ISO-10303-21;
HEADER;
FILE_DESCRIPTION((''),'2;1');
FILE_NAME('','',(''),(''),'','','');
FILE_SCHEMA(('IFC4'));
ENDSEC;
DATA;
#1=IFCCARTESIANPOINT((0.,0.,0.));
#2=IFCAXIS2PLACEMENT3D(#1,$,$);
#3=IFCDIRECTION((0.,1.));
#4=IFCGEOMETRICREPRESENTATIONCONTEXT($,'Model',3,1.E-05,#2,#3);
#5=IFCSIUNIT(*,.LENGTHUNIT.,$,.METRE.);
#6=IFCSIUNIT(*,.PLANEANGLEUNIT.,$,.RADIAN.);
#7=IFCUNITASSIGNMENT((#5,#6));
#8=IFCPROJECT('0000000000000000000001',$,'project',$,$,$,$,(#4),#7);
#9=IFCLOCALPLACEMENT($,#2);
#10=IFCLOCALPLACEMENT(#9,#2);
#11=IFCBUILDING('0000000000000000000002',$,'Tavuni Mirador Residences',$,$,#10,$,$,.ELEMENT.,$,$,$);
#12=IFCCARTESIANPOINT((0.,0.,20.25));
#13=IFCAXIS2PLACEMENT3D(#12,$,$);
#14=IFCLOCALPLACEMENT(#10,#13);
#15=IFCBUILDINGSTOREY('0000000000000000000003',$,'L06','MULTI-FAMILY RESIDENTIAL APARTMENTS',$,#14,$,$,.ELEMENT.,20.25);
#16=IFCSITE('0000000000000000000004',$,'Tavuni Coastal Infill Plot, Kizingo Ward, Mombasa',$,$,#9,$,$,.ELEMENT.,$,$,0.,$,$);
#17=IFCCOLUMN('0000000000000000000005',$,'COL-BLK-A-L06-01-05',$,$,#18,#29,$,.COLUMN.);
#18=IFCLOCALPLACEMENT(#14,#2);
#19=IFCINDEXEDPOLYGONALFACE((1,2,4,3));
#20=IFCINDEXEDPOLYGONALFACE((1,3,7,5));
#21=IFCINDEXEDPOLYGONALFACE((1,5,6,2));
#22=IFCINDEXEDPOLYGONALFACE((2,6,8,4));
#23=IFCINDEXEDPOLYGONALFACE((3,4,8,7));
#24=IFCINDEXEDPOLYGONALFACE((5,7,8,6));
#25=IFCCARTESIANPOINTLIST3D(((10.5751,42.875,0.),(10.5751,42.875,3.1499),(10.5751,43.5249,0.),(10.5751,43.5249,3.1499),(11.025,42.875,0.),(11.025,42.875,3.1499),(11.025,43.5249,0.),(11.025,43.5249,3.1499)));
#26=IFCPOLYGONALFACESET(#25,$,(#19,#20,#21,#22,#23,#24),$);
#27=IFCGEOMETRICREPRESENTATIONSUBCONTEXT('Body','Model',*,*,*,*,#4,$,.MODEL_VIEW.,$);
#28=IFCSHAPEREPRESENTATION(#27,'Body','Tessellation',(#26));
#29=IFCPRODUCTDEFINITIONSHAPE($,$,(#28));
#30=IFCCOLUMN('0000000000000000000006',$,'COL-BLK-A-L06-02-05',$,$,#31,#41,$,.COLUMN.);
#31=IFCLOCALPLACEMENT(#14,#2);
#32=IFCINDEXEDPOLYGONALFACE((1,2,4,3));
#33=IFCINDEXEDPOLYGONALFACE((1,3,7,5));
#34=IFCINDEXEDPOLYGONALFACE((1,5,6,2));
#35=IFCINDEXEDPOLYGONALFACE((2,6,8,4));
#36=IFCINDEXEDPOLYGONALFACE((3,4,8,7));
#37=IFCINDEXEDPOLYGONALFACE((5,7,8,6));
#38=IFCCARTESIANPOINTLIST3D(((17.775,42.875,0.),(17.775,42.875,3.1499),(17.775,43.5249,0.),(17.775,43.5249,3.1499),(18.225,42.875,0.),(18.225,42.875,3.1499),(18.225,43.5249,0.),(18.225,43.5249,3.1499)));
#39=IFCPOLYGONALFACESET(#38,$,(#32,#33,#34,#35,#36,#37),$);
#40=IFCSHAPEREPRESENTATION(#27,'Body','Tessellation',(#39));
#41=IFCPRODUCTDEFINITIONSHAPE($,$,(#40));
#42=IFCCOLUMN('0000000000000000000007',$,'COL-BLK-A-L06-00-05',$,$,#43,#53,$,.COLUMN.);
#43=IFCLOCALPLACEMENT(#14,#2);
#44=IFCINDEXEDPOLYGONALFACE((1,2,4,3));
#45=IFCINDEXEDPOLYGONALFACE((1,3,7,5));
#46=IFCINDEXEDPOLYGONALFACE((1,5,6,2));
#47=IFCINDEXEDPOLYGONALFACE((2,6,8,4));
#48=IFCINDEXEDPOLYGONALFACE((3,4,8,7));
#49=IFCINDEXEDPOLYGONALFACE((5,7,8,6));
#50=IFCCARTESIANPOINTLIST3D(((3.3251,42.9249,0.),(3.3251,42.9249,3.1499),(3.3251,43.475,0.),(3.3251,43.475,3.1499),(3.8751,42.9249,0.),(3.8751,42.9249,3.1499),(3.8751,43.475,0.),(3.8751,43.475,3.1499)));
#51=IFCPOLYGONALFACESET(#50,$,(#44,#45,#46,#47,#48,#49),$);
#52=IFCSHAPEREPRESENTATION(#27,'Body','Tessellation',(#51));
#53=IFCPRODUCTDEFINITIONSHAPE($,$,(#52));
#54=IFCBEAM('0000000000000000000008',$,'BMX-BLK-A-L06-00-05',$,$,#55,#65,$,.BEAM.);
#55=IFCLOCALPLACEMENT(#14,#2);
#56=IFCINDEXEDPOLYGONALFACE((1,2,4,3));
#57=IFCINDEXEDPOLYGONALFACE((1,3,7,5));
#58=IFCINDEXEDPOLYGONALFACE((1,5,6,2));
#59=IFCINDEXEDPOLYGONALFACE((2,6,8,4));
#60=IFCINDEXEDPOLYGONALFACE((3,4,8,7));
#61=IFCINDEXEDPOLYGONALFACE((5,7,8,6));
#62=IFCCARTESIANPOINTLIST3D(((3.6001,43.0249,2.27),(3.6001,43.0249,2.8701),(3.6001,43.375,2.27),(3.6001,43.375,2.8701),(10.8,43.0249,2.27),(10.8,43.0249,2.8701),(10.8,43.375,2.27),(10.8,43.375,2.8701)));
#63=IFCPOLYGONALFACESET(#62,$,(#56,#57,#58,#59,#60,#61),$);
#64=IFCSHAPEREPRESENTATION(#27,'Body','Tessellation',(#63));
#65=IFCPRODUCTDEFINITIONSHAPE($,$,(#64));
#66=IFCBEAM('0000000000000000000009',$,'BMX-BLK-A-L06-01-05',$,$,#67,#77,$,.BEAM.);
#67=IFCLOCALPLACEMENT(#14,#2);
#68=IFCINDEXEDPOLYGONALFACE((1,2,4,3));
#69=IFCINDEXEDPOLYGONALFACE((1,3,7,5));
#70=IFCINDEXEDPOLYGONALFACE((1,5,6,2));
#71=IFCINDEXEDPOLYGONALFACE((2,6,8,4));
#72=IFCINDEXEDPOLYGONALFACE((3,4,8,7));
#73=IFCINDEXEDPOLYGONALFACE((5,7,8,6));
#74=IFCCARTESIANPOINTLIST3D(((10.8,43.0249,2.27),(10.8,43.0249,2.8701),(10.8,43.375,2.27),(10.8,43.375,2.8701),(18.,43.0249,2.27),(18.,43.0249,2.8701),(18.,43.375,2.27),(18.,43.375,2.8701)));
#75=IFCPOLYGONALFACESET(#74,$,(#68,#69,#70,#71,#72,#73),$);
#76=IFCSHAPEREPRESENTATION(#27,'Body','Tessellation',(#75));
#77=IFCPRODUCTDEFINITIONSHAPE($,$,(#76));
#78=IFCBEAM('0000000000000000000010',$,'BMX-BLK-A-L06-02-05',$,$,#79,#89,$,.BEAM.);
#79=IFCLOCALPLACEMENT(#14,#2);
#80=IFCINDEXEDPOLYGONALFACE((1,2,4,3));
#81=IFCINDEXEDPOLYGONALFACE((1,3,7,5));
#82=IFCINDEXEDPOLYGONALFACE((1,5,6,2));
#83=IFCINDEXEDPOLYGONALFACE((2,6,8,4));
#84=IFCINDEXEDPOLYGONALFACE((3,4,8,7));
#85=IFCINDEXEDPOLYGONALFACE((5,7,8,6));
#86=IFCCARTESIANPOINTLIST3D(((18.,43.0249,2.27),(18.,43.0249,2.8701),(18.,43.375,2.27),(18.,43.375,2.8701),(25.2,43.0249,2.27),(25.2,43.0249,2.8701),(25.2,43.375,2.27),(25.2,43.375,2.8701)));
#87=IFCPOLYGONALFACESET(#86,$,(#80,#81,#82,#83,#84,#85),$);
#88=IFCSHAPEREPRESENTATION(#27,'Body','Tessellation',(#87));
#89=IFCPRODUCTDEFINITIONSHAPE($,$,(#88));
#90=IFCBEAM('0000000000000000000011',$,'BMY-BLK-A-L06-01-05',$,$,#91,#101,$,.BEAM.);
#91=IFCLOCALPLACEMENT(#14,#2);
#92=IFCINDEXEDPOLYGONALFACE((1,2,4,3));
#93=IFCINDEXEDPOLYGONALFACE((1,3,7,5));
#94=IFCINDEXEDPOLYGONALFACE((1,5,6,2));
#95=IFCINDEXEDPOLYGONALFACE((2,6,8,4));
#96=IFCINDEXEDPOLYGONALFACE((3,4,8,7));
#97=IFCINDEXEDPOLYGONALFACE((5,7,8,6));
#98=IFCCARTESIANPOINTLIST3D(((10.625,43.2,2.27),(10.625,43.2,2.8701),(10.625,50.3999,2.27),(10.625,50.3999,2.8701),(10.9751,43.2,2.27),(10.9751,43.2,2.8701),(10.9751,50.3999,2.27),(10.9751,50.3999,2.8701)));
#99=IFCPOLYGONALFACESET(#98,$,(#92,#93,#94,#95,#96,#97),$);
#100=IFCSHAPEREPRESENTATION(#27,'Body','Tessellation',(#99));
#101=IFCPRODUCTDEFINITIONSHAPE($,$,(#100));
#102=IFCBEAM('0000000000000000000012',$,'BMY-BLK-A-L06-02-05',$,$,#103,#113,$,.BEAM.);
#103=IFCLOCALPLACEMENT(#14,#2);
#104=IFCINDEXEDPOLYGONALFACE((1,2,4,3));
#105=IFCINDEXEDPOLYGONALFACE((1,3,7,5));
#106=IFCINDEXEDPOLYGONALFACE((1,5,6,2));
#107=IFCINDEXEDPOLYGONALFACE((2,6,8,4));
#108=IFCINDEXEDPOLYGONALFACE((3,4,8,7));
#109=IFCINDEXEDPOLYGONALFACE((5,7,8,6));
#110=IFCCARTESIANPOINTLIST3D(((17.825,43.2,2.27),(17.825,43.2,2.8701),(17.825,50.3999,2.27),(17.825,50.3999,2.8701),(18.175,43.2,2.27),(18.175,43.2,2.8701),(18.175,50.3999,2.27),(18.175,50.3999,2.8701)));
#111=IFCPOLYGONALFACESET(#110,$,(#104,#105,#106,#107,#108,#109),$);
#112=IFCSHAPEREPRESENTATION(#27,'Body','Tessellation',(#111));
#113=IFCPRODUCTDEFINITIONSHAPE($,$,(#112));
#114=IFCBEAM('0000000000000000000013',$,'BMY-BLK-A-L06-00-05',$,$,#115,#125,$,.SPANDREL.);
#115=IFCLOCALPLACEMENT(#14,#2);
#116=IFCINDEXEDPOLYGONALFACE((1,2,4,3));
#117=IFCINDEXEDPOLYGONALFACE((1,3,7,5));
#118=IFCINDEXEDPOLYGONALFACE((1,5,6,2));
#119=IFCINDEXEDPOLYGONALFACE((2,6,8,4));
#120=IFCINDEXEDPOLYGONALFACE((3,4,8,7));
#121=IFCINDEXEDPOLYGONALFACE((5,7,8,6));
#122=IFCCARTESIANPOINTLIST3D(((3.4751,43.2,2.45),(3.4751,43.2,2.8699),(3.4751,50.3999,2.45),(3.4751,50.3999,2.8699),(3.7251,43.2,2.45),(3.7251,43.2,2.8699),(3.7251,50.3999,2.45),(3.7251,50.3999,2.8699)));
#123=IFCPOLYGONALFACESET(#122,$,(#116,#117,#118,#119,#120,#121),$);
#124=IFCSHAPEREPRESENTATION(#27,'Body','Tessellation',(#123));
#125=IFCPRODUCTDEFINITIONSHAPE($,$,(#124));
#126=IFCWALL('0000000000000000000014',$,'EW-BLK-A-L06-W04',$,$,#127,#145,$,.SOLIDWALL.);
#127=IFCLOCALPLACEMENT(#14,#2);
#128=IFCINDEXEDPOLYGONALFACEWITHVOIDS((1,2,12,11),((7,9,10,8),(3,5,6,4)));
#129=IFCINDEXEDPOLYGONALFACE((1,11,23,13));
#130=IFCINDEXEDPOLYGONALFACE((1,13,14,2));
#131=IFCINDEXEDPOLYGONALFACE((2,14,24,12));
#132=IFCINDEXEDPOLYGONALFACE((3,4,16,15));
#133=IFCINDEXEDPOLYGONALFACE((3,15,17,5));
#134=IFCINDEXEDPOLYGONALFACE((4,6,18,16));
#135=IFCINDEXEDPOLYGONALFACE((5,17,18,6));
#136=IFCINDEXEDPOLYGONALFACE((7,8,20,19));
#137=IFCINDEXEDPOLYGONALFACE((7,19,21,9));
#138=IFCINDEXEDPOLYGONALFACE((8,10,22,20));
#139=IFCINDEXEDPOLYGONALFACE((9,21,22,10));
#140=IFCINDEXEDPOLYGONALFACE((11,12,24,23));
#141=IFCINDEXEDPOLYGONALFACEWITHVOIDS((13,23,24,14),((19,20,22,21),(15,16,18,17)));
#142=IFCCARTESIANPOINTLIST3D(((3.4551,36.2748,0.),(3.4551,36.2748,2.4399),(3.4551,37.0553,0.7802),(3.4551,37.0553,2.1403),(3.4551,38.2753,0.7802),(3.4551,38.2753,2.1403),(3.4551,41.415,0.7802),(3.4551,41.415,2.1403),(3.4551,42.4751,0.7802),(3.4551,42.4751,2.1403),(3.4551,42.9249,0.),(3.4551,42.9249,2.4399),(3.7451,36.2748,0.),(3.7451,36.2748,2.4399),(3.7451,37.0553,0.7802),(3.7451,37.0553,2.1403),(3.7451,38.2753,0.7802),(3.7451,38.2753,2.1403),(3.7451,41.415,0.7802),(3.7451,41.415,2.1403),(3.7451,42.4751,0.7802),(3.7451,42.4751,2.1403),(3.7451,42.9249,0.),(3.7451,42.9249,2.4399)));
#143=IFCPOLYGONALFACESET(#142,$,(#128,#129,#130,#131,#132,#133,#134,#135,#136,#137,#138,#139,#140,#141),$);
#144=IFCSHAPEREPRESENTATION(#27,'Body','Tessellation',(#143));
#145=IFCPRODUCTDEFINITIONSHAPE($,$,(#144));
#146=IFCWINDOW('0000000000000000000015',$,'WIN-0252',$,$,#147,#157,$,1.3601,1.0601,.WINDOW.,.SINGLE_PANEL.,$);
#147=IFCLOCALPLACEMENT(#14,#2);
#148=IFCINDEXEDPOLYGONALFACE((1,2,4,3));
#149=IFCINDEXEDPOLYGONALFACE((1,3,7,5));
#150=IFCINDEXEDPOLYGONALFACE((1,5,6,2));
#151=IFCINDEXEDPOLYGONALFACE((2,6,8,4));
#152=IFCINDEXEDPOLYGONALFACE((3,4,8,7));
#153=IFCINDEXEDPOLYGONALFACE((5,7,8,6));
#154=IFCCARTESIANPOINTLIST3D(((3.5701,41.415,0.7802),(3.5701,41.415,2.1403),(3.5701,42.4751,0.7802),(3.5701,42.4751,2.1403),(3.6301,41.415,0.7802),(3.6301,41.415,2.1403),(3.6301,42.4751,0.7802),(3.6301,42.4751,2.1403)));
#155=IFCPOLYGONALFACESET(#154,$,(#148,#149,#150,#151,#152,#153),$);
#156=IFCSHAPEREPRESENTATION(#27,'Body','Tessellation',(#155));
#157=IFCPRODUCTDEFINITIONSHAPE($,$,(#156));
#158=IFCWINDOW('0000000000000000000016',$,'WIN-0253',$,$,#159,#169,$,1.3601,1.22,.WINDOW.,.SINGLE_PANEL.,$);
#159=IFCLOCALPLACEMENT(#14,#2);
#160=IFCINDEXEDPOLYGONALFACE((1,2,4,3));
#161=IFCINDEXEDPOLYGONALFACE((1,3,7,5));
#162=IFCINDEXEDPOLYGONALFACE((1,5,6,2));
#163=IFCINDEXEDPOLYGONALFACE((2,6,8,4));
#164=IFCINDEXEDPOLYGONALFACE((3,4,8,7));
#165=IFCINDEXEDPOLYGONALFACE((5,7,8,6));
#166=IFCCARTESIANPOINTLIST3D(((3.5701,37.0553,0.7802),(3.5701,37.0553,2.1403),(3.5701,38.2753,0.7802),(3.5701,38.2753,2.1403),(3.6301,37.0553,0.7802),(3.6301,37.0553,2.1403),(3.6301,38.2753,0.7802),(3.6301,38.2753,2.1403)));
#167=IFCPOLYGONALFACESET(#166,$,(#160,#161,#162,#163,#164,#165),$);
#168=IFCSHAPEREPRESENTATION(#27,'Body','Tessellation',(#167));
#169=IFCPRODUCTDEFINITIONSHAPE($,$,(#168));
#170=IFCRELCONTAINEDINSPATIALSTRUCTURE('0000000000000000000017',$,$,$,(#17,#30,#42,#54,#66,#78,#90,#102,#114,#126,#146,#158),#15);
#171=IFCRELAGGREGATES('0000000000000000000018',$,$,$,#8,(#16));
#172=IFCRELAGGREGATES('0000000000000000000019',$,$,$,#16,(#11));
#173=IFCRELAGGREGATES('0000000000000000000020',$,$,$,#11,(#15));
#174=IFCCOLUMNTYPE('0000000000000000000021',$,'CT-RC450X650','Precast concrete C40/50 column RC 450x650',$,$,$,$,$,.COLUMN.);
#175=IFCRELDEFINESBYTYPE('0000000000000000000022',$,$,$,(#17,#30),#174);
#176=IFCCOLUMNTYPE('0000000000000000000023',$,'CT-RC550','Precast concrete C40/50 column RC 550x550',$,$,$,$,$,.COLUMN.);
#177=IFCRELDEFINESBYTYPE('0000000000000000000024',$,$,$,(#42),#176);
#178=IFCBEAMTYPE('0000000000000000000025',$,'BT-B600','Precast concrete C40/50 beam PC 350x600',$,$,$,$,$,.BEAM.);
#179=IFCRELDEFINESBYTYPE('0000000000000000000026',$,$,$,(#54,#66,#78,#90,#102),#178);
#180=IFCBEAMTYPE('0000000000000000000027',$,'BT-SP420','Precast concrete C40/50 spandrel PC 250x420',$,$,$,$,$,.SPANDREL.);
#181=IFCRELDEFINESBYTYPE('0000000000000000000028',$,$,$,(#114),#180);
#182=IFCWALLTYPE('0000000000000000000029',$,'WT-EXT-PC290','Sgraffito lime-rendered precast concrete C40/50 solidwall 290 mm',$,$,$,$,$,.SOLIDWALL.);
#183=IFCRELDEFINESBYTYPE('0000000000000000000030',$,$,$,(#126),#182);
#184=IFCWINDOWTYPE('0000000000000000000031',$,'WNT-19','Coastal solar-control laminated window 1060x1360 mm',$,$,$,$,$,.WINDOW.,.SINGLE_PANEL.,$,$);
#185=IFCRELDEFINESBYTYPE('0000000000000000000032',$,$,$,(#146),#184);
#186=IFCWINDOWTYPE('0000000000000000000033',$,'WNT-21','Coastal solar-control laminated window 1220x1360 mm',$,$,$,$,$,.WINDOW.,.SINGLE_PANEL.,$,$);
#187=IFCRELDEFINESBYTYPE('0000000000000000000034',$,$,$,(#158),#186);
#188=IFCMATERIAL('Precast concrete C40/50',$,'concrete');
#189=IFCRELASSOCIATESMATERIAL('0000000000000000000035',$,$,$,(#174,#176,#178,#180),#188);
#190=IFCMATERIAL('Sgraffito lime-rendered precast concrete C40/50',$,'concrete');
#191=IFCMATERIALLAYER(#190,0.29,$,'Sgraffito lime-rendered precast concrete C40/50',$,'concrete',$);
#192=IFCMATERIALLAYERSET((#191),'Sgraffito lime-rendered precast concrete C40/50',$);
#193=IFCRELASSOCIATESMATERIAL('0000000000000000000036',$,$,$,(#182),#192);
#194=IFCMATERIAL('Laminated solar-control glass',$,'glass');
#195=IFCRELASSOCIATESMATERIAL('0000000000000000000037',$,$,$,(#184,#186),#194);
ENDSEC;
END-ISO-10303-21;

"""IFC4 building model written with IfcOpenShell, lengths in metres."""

from ifc_helpers import new_model, si_unit, direction, frame, frame_2d, origin, origin_2d, place, context, subcontext, project, spatial, rectangle, extrude, material, layer, layer_set, material_profile, profile_set, type_object, element, fill, save


model = new_model("IFC4")

# Units and contexts
model_context = context("Model", 3, precision=1e-05, world=origin(), true_north=direction((0.0, 1.0)))
body_context = subcontext(model_context, "Body", "Model", "MODEL_VIEW")
ifc_project = project(units=[si_unit("LENGTHUNIT", "METRE"), si_unit("PLANEANGLEUNIT", "RADIAN")], contexts=[model_context])

# Site, building, storey
site_placement = place(None, origin())
site = spatial("IfcSite", under=ifc_project, at=site_placement, Name="Tavuni Coastal Infill Plot, Kizingo Ward, Mombasa", CompositionType="ELEMENT", RefElevation=0.0)
building_placement = place(site_placement, origin())
building = spatial("IfcBuilding", under=site, at=building_placement, Name="Tavuni Mirador Residences", CompositionType="ELEMENT")
storey_placement = place(building_placement, frame((0.0, 0.0, 20.25)))
storey = spatial("IfcBuildingStorey", under=building, at=storey_placement, Name="L06", Description="MULTI-FAMILY RESIDENTIAL APARTMENTS", CompositionType="ELEMENT", Elevation=20.25)

# Columns
ifc_material_1 = material(Name="Precast concrete C40/50", Category="concrete")
ifc_material_profile_1 = material_profile(ifc_material_1, rectangle(XDim=0.45, YDim=0.6499, at=origin_2d()), Name="RC 450x650", Category="concrete")
ifc_profile_set_1 = profile_set([ifc_material_profile_1], Name="Precast concrete C40/50")
column_type_1 = type_object("IfcColumnType", Name="CT-RC450X650", Description="Precast concrete C40/50 column RC 450x650", PredefinedType="COLUMN", material=ifc_profile_set_1)
for number, where, z_axis, x_axis, name in (
    (1, (10.8, 43.2, 0.0), (0.0, 0.0, 1.0), (1.0, 0.0, 0.0), "COL-BLK-A-L06-01-05"),
    (2, (18.0, 43.2, 0.0), (0.0, 0.0, 1.0), (1.0, 0.0, 0.0), "COL-BLK-A-L06-02-05"),
):
    element("IfcColumn", number, at=place(storey_placement, frame(where, z_axis=z_axis, x_axis=x_axis)), inside=storey, type_object=column_type_1, Name=name, PredefinedType="COLUMN", context=body_context, shape_type="SweptSolid", body=[
        extrude(rectangle(XDim=0.45, YDim=0.6499, at=origin_2d()), origin(), (0.0, 0.0, 1.0), 3.1499),
    ])
ifc_material_profile_2 = material_profile(ifc_material_1, rectangle(XDim=0.55, YDim=0.55, at=origin_2d()), Name="RC 550x550", Category="concrete")
ifc_profile_set_2 = profile_set([ifc_material_profile_2], Name="Precast concrete C40/50")
column_type_2 = type_object("IfcColumnType", Name="CT-RC550", Description="Precast concrete C40/50 column RC 550x550", PredefinedType="COLUMN", material=ifc_profile_set_2)
column_placement = place(storey_placement, frame((3.6001, 43.2, 0.0), z_axis=(0.0, 0.0, 1.0), x_axis=(1.0, 0.0, 0.0)))
element("IfcColumn", 3, at=column_placement, inside=storey, type_object=column_type_2, Name="COL-BLK-A-L06-00-05", PredefinedType="COLUMN", context=body_context, shape_type="SweptSolid", body=[
    extrude(rectangle(XDim=0.55, YDim=0.55, at=origin_2d()), origin(), (0.0, 0.0, 1.0), 3.1499),
])

# Beams
ifc_material_profile_3 = material_profile(ifc_material_1, rectangle(XDim=0.3501, YDim=0.6001, at=origin_2d()), Name="PC 350x600", Category="concrete")
ifc_profile_set_3 = profile_set([ifc_material_profile_3], Name="Precast concrete C40/50")
beam_type_1 = type_object("IfcBeamType", Name="BT-B600", Description="Precast concrete C40/50 beam PC 350x600", PredefinedType="BEAM", material=ifc_profile_set_3)
for number, where, z_axis, x_axis, name in (
    (4, (3.6001, 43.2, 2.5701), (1.0, 0.0, 0.0), (0.0, 1.0, 0.0), "BMX-BLK-A-L06-00-05"),
    (5, (10.8, 43.2, 2.5701), (1.0, 0.0, 0.0), (0.0, 1.0, 0.0), "BMX-BLK-A-L06-01-05"),
    (6, (18.0, 43.2, 2.5701), (1.0, 0.0, 0.0), (0.0, 1.0, 0.0), "BMX-BLK-A-L06-02-05"),
    (7, (10.8, 43.2, 2.5701), (0.0, 1.0, 0.0), (-1.0, 0.0, 0.0), "BMY-BLK-A-L06-01-05"),
    (8, (18.0, 43.2, 2.5701), (0.0, 1.0, 0.0), (-1.0, 0.0, 0.0), "BMY-BLK-A-L06-02-05"),
):
    element("IfcBeam", number, at=place(storey_placement, frame(where, z_axis=z_axis, x_axis=x_axis)), inside=storey, type_object=beam_type_1, Name=name, PredefinedType="BEAM", context=body_context, shape_type="SweptSolid", body=[
        extrude(rectangle(XDim=0.3501, YDim=0.6001, at=origin_2d()), origin(), (0.0, 0.0, 1.0), 7.2),
    ])
ifc_material_profile_4 = material_profile(ifc_material_1, rectangle(XDim=0.25, YDim=0.4199, at=origin_2d()), Name="PC 250x420", Category="concrete")
ifc_profile_set_4 = profile_set([ifc_material_profile_4], Name="Precast concrete C40/50")
beam_type_2 = type_object("IfcBeamType", Name="BT-SP420", Description="Precast concrete C40/50 spandrel PC 250x420", PredefinedType="SPANDREL", material=ifc_profile_set_4)
beam_placement = place(storey_placement, frame((3.6001, 43.2, 2.6599), z_axis=(0.0, 1.0, 0.0), x_axis=(-1.0, 0.0, 0.0)))
element("IfcBeam", 9, at=beam_placement, inside=storey, type_object=beam_type_2, Name="BMY-BLK-A-L06-00-05", PredefinedType="SPANDREL", context=body_context, shape_type="SweptSolid", body=[
    extrude(rectangle(XDim=0.25, YDim=0.4199, at=origin_2d()), origin(), (0.0, 0.0, 1.0), 7.2),
])

# Wall, openings, windows
ifc_material_2 = material(Name="Sgraffito lime-rendered precast concrete C40/50", Category="concrete")
ifc_layer_1 = layer(ifc_material_2, 0.29, Name="Sgraffito lime-rendered precast concrete C40/50", Category="concrete")
ifc_layer_set_1 = layer_set([ifc_layer_1], Name="Sgraffito lime-rendered precast concrete C40/50")
wall_type_1 = type_object("IfcWallType", Name="WT-EXT-PC290", Description="Sgraffito lime-rendered precast concrete C40/50 solidwall 290 mm", PredefinedType="SOLIDWALL", material=ifc_layer_set_1)
wall_1_placement = place(storey_placement, frame((3.6001, 42.925, 0.0), z_axis=(0.0, 0.0, 1.0), x_axis=(0.0, -1.0, 0.0)))
wall_1 = element("IfcWall", 10, at=wall_1_placement, inside=storey, type_object=wall_type_1, Name="EW-BLK-A-L06-W04", PredefinedType="SOLIDWALL", context=body_context, shape_type="SweptSolid", body=[
    extrude(rectangle(XDim=6.6501, YDim=0.29, at=frame_2d((3.3252, 0.0))), origin(), (0.0, 0.0, 1.0), 2.4399),
])
opening_1_placement = place(wall_1_placement, frame((0.45, 0.0, 0.78)))
opening_1 = element("IfcOpeningElement", 11, at=opening_1_placement, cuts=wall_1, PredefinedType="OPENING", context=body_context, shape_type="SweptSolid", body=[
    extrude(rectangle(XDim=1.0601, YDim=1.3601, at=frame_2d((0.53, 0.6802))), frame((0.0, 0.155, 0.0), z_axis=(0.0, -1.0, 0.0), x_axis=(1.0, 0.0, 0.0)), (0.0, 0.0, 1.0), 0.3101),
])
opening_2_placement = place(wall_1_placement, frame((4.6499, 0.0, 0.78)))
opening_2 = element("IfcOpeningElement", 12, at=opening_2_placement, cuts=wall_1, PredefinedType="OPENING", context=body_context, shape_type="SweptSolid", body=[
    extrude(rectangle(XDim=1.22, YDim=1.3601, at=frame_2d((0.6099, 0.6802))), frame((0.0, 0.155, 0.0), z_axis=(0.0, -1.0, 0.0), x_axis=(1.0, 0.0, 0.0)), (0.0, 0.0, 1.0), 0.3101),
])
ifc_material_3 = material(Name="Laminated solar-control glass", Category="glass")
window_type_1 = type_object("IfcWindowType", Name="WNT-19", Description="Coastal solar-control laminated window 1060x1360 mm", PartitioningType="SINGLE_PANEL", PredefinedType="WINDOW", material=ifc_material_3)
window_1_placement = place(opening_1_placement, origin())
window_1 = element("IfcWindow", 13, at=window_1_placement, inside=storey, type_object=window_type_1, Name="WIN-0252", OverallHeight=1.3601, OverallWidth=1.0601, PartitioningType="SINGLE_PANEL", PredefinedType="WINDOW", context=body_context, shape_type="SweptSolid", body=[
    extrude(rectangle(XDim=1.0601, YDim=1.3601, at=frame_2d((0.53, 0.6802))), frame((0.0, 0.03, 0.0), z_axis=(0.0, -1.0, 0.0), x_axis=(1.0, 0.0, 0.0)), (0.0, 0.0, 1.0), 0.0601),
])
fill(opening_1, window_1)
window_type_2 = type_object("IfcWindowType", Name="WNT-21", Description="Coastal solar-control laminated window 1220x1360 mm", PartitioningType="SINGLE_PANEL", PredefinedType="WINDOW", material=ifc_material_3)
window_2_placement = place(opening_2_placement, origin())
window_2 = element("IfcWindow", 14, at=window_2_placement, inside=storey, type_object=window_type_2, Name="WIN-0253", OverallHeight=1.3601, OverallWidth=1.22, PartitioningType="SINGLE_PANEL", PredefinedType="WINDOW", context=body_context, shape_type="SweptSolid", body=[
    extrude(rectangle(XDim=1.22, YDim=1.3601, at=frame_2d((0.6099, 0.6802))), frame((0.0, 0.03, 0.0), z_axis=(0.0, -1.0, 0.0), x_axis=(1.0, 0.0, 0.0)), (0.0, 0.0, 1.0), 0.0601),
])
fill(opening_2, window_2)

save(model, "model.ifc")
